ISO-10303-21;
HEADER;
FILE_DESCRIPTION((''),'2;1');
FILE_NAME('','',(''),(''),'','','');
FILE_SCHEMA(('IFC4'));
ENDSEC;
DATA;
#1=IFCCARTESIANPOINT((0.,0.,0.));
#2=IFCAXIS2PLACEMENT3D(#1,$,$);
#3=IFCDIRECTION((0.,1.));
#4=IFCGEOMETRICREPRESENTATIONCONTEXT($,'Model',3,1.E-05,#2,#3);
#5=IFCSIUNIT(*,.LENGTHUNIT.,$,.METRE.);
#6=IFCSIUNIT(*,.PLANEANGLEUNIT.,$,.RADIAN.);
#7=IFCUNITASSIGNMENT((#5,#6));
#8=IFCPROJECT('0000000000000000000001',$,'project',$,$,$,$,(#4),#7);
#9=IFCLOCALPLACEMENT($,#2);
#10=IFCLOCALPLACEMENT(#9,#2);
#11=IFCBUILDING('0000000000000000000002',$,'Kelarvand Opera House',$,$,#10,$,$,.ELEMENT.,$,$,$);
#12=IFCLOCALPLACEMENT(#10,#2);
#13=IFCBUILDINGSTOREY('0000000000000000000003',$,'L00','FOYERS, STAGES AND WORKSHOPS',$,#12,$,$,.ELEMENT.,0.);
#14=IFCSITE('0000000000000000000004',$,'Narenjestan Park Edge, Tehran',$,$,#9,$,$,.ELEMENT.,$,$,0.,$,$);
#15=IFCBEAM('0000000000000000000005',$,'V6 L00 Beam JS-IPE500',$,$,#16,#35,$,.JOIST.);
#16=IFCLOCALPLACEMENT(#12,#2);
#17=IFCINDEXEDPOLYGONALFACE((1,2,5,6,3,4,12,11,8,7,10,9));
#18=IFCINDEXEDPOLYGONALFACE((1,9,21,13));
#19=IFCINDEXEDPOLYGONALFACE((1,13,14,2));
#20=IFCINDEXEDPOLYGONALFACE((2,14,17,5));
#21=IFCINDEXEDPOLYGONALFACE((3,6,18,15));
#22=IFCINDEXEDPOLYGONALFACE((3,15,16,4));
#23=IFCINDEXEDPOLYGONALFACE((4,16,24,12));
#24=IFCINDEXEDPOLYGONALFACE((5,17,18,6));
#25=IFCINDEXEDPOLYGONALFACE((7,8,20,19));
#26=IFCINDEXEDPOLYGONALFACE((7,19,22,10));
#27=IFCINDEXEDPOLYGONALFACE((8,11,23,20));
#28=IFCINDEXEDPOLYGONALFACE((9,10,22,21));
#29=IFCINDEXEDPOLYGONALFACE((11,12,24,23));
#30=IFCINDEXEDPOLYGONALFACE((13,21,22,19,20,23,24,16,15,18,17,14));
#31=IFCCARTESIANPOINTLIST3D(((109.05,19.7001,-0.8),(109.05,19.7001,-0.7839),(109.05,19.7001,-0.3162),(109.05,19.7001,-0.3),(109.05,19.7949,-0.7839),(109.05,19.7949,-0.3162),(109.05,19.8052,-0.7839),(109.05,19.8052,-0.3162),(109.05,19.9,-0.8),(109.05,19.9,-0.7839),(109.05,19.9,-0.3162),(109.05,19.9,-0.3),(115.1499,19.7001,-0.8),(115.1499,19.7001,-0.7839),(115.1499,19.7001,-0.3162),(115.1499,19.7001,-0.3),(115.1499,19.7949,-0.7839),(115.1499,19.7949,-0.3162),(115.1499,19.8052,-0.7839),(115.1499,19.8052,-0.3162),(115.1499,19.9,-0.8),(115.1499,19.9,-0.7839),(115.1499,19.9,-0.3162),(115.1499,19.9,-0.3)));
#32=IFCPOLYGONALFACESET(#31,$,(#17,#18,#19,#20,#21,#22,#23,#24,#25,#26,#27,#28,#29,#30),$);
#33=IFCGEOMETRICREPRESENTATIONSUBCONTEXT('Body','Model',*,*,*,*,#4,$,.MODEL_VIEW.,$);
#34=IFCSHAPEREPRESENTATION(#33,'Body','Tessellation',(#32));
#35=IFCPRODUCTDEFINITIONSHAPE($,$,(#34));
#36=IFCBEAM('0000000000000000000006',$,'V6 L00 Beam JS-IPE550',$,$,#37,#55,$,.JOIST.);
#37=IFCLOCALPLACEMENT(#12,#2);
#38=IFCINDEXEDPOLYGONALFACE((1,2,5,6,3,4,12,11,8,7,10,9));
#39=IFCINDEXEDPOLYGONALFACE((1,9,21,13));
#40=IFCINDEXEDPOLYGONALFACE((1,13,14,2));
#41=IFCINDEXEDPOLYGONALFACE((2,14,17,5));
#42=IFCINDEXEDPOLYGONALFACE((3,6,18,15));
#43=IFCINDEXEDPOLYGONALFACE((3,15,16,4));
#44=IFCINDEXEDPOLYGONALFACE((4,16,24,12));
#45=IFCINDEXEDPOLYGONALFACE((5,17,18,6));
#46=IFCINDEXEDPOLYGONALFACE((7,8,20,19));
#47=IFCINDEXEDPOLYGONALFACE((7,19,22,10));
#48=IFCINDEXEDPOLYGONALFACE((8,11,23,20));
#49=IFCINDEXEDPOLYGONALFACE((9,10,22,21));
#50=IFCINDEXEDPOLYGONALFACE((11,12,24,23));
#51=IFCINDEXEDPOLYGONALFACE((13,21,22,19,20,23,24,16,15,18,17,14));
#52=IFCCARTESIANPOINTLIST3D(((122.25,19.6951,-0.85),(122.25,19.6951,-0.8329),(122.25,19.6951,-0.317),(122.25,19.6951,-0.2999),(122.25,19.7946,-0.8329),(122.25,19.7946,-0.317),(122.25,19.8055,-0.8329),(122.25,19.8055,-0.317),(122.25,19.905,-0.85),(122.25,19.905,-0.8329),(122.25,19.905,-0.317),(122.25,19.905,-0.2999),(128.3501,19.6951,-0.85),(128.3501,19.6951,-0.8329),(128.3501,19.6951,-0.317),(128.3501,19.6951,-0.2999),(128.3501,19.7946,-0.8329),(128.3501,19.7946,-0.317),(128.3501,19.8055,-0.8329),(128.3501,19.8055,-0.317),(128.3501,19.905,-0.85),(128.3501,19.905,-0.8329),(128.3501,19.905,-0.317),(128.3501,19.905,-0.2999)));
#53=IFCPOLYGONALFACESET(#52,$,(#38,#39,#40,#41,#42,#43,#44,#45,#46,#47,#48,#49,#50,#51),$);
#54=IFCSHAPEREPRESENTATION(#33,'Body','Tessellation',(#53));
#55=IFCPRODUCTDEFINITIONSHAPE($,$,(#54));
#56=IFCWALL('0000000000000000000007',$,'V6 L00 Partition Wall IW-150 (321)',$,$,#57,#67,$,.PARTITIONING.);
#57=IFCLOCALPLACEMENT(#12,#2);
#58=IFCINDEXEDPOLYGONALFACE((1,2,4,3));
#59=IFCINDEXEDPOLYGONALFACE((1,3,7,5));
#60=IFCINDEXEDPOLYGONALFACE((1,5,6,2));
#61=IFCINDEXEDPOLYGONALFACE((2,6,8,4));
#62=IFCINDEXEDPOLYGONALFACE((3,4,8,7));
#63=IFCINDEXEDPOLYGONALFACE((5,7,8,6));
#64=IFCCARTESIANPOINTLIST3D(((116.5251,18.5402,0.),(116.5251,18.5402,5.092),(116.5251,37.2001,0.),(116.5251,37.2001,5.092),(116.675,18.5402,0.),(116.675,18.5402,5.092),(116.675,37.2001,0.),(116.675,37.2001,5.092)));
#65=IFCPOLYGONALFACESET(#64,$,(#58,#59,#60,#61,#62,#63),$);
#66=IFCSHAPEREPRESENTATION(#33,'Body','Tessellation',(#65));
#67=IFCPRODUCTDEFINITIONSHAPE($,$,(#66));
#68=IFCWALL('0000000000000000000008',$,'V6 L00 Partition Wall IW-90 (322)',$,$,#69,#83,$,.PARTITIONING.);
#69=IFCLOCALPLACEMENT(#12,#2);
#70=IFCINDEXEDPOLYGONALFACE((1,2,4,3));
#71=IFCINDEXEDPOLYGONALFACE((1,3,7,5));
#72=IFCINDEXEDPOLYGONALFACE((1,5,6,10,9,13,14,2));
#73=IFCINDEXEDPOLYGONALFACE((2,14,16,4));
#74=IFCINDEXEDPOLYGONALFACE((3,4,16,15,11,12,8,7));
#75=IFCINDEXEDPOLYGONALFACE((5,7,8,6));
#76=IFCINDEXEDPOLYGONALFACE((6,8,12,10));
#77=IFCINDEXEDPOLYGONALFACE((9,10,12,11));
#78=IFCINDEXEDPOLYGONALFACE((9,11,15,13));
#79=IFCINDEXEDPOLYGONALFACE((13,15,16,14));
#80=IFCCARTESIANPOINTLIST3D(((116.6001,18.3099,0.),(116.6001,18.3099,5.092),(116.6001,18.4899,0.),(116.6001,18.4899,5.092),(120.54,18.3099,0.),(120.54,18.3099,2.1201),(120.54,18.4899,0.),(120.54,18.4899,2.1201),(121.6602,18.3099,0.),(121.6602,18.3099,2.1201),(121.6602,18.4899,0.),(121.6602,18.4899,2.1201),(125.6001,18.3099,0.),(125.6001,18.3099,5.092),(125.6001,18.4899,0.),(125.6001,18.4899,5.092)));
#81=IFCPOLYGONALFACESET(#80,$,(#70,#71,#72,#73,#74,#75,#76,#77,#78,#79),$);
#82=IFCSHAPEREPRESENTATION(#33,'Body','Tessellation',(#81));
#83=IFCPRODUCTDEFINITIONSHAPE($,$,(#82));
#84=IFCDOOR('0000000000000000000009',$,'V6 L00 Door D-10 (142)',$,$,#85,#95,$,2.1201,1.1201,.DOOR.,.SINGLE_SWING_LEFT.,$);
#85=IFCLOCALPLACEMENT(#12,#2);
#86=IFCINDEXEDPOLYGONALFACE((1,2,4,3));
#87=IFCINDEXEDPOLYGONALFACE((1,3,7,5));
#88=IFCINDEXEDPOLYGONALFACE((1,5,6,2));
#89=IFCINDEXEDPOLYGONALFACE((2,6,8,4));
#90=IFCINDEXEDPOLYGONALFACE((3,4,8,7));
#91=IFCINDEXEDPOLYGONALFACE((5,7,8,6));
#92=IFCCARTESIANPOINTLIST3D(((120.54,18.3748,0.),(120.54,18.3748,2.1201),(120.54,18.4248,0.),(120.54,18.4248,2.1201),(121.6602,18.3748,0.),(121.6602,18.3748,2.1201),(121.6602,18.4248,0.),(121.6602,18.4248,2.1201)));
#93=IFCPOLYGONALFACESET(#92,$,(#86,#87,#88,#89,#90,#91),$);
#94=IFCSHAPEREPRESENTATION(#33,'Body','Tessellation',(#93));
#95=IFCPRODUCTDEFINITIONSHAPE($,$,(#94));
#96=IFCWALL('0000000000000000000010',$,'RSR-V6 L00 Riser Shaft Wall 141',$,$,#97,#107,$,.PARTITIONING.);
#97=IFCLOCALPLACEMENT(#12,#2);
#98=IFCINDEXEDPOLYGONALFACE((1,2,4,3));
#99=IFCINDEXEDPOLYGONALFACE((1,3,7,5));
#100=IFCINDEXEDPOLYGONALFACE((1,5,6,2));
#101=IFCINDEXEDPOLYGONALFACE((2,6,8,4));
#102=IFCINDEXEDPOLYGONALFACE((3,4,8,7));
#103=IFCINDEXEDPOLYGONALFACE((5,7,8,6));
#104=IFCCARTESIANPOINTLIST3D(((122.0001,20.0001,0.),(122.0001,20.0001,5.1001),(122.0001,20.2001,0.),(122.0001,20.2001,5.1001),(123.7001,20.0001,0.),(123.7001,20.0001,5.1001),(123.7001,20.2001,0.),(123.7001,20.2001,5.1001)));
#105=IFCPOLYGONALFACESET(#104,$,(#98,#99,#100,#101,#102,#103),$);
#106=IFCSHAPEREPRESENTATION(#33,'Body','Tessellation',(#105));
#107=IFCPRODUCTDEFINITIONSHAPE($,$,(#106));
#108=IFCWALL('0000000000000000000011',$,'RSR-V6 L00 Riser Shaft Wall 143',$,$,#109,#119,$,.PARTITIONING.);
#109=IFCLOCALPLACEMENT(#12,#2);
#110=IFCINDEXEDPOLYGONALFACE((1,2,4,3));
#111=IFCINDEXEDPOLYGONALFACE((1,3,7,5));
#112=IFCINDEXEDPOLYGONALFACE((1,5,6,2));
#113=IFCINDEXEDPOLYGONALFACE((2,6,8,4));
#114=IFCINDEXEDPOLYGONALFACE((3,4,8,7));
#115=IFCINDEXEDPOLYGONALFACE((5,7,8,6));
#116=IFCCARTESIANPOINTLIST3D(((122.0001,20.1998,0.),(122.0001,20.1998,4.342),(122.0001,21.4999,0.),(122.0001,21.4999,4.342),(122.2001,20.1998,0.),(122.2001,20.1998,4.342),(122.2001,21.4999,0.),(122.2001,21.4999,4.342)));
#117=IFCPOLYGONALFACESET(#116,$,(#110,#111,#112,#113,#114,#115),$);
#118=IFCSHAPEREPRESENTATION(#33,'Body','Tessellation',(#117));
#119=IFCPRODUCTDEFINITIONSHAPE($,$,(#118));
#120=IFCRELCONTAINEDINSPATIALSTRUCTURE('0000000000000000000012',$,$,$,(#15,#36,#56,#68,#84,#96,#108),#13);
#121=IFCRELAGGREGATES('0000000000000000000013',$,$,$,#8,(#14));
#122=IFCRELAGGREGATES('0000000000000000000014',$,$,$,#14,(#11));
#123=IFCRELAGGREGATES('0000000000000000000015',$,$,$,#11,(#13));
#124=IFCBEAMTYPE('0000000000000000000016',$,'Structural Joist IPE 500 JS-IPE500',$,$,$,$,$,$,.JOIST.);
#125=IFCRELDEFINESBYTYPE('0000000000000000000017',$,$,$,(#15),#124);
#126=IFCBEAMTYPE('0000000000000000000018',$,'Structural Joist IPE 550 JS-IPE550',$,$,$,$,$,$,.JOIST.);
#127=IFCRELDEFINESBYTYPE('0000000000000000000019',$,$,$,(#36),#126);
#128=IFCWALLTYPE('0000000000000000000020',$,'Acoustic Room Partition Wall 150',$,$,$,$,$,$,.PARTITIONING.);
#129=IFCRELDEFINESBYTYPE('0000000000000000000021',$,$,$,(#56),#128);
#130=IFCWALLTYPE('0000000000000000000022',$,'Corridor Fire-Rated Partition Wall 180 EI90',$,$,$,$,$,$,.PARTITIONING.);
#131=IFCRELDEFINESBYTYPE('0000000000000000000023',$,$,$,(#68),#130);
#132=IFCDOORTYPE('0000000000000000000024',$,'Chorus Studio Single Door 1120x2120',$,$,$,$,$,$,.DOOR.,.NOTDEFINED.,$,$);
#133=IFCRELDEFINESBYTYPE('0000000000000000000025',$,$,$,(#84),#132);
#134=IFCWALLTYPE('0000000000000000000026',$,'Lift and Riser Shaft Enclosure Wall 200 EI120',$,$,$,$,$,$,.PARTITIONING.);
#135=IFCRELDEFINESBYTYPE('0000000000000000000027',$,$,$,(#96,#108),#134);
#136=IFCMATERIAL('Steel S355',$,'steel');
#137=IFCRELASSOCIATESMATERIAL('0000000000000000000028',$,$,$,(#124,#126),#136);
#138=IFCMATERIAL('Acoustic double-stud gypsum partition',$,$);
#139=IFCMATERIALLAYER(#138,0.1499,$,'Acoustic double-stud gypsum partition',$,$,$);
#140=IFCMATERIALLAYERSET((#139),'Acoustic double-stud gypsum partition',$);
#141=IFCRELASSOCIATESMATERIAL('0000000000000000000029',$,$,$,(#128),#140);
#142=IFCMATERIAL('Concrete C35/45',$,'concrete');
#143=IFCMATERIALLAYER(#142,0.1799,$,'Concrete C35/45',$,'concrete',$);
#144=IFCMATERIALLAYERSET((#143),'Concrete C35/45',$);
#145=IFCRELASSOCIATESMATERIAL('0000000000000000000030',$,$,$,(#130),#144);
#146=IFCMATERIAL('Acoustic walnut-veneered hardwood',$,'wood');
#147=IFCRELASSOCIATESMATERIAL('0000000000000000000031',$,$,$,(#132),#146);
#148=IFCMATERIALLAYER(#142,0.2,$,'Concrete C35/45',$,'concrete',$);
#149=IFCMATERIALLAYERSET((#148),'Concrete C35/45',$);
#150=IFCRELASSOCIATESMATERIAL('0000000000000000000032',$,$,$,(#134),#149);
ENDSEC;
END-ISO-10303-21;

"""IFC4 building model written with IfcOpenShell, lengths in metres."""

from ifc_helpers import new_model, si_unit, direction, frame, frame_2d, origin, origin_2d, place, context, subcontext, project, spatial, rectangle, i_section, extrude, material, layer, layer_set, material_profile, profile_set, type_object, element, fill, save


model = new_model("IFC4")

# Units and contexts
model_context = context("Model", 3, precision=1e-05, world=origin(), true_north=direction((0.0, 1.0)))
body_context = subcontext(model_context, "Body", "Model", "MODEL_VIEW")
ifc_project = project(units=[si_unit("LENGTHUNIT", "METRE"), si_unit("PLANEANGLEUNIT", "RADIAN")], contexts=[model_context])

# Site, building, storey
site_placement = place(None, origin())
site = spatial("IfcSite", under=ifc_project, at=site_placement, Name="Narenjestan Park Edge, Tehran", CompositionType="ELEMENT", RefElevation=0.0)
building_placement = place(site_placement, origin())
building = spatial("IfcBuilding", under=site, at=building_placement, Name="Kelarvand Opera House", CompositionType="ELEMENT")
storey_placement = place(building_placement, origin())
storey = spatial("IfcBuildingStorey", under=building, at=storey_placement, Name="L00", Description="FOYERS, STAGES AND WORKSHOPS", CompositionType="ELEMENT", Elevation=0.0)

# Beams
ifc_material_1 = material(Name="Steel S355", Category="steel")
ifc_material_profile_1 = material_profile(ifc_material_1, i_section(OverallWidth=0.2, OverallDepth=0.5, WebThickness=0.0103, FlangeThickness=0.0161, at=origin_2d()), Name="IPE 500", Category="steel")
ifc_profile_set_1 = profile_set([ifc_material_profile_1], Name="Steel S355")
beam_type_1 = type_object("IfcBeamType", Name="Structural Joist IPE 500 JS-IPE500", PredefinedType="JOIST", material=ifc_profile_set_1)
beam_1_placement = place(storey_placement, frame((109.05, 19.8, -0.55), z_axis=(1.0, 0.0, 0.0), x_axis=(0.0, 1.0, 0.0)))
element("IfcBeam", 1, at=beam_1_placement, inside=storey, type_object=beam_type_1, Name="V6 L00 Beam JS-IPE500", PredefinedType="JOIST", context=body_context, shape_type="SweptSolid", body=[
    extrude(i_section(OverallWidth=0.2, OverallDepth=0.5, WebThickness=0.0103, FlangeThickness=0.0161, at=origin_2d()), origin(), (0.0, 0.0, 1.0), 6.0999),
])
ifc_material_profile_2 = material_profile(ifc_material_1, i_section(OverallWidth=0.21, OverallDepth=0.55, WebThickness=0.011, FlangeThickness=0.0171, at=origin_2d()), Name="IPE 550", Category="steel")
ifc_profile_set_2 = profile_set([ifc_material_profile_2], Name="Steel S355")
beam_type_2 = type_object("IfcBeamType", Name="Structural Joist IPE 550 JS-IPE550", PredefinedType="JOIST", material=ifc_profile_set_2)
beam_2_placement = place(storey_placement, frame((122.25, 19.8, -0.575), z_axis=(1.0, 0.0, 0.0), x_axis=(0.0, 1.0, 0.0)))
element("IfcBeam", 2, at=beam_2_placement, inside=storey, type_object=beam_type_2, Name="V6 L00 Beam JS-IPE550", PredefinedType="JOIST", context=body_context, shape_type="SweptSolid", body=[
    extrude(i_section(OverallWidth=0.21, OverallDepth=0.55, WebThickness=0.011, FlangeThickness=0.0171, at=origin_2d()), origin(), (0.0, 0.0, 1.0), 6.1001),
])

# Wall
ifc_material_2 = material(Name="Acoustic double-stud gypsum partition")
ifc_layer_1 = layer(ifc_material_2, 0.1499, Name="Acoustic double-stud gypsum partition")
ifc_layer_set_1 = layer_set([ifc_layer_1], Name="Acoustic double-stud gypsum partition")
wall_type_1 = type_object("IfcWallType", Name="Acoustic Room Partition Wall 150", PredefinedType="PARTITIONING", material=ifc_layer_set_1)
wall_1_placement = place(storey_placement, frame((116.6001, 18.54, 0.0), z_axis=(0.0, 0.0, 1.0), x_axis=(0.0, 1.0, 0.0)))
element("IfcWall", 3, at=wall_1_placement, inside=storey, type_object=wall_type_1, Name="V6 L00 Partition Wall IW-150 (321)", PredefinedType="PARTITIONING", context=body_context, shape_type="SweptSolid", body=[
    extrude(rectangle(XDim=18.6599, YDim=0.1499, at=frame_2d((9.3301, 0.0))), origin(), (0.0, 0.0, 1.0), 5.092),
])

# Wall, opening, door
ifc_material_3 = material(Name="Concrete C35/45", Category="concrete")
ifc_layer_2 = layer(ifc_material_3, 0.1799, Name="Concrete C35/45", Category="concrete")
ifc_layer_set_2 = layer_set([ifc_layer_2], Name="Concrete C35/45")
wall_type_2 = type_object("IfcWallType", Name="Corridor Fire-Rated Partition Wall 180 EI90", PredefinedType="PARTITIONING", material=ifc_layer_set_2)
wall_2_placement = place(storey_placement, frame((116.6001, 18.3999, 0.0), z_axis=(0.0, 0.0, 1.0), x_axis=(1.0, 0.0, 0.0)))
wall_2 = element("IfcWall", 4, at=wall_2_placement, inside=storey, type_object=wall_type_2, Name="V6 L00 Partition Wall IW-90 (322)", PredefinedType="PARTITIONING", context=body_context, shape_type="SweptSolid", body=[
    extrude(rectangle(XDim=9.0, YDim=0.1799, at=frame_2d((4.5, 0.0))), origin(), (0.0, 0.0, 1.0), 5.092),
])
opening_placement = place(wall_2_placement, frame((3.9399, 0.0, 0.0)))
opening = element("IfcOpeningElement", 5, at=opening_placement, cuts=wall_2, PredefinedType="OPENING", context=body_context, shape_type="SweptSolid", body=[
    extrude(rectangle(XDim=1.1201, YDim=2.1201, at=frame_2d((0.5601, 1.0601))), frame((0.0, 0.1001, 0.0), z_axis=(0.0, -1.0, 0.0), x_axis=(1.0, 0.0, 0.0)), (0.0, 0.0, 1.0), 0.2),
])
ifc_material_4 = material(Name="Acoustic walnut-veneered hardwood", Category="wood")
door_type = type_object("IfcDoorType", Name="Chorus Studio Single Door 1120x2120", OperationType="NOTDEFINED", PredefinedType="DOOR", material=ifc_material_4)
door_placement = place(opening_placement, origin())
door = element("IfcDoor", 6, at=door_placement, inside=storey, type_object=door_type, Name="V6 L00 Door D-10 (142)", OperationType="SINGLE_SWING_LEFT", OverallHeight=2.1201, OverallWidth=1.1201, PredefinedType="DOOR", context=body_context, shape_type="SweptSolid", body=[
    extrude(rectangle(XDim=1.1201, YDim=2.1201, at=frame_2d((0.5601, 1.0601))), frame((0.0, 0.0249, 0.0), z_axis=(0.0, -1.0, 0.0), x_axis=(1.0, 0.0, 0.0)), (0.0, 0.0, 1.0), 0.05),
])
fill(opening, door)

# Walls
ifc_layer_3 = layer(ifc_material_3, 0.2, Name="Concrete C35/45", Category="concrete")
ifc_layer_set_3 = layer_set([ifc_layer_3], Name="Concrete C35/45")
wall_type_3 = type_object("IfcWallType", Name="Lift and Riser Shaft Enclosure Wall 200 EI120", PredefinedType="PARTITIONING", material=ifc_layer_set_3)
wall_3_placement = place(storey_placement, frame((122.0, 20.1001, 0.0), z_axis=(0.0, 0.0, 1.0), x_axis=(1.0, 0.0, 0.0)))
element("IfcWall", 7, at=wall_3_placement, inside=storey, type_object=wall_type_3, Name="RSR-V6 L00 Riser Shaft Wall 141", PredefinedType="PARTITIONING", context=body_context, shape_type="SweptSolid", body=[
    extrude(rectangle(XDim=1.7, YDim=0.2, at=frame_2d((0.8501, 0.0))), origin(), (0.0, 0.0, 1.0), 5.1001),
])
wall_4_placement = place(storey_placement, frame((122.1001, 20.2, 0.0), z_axis=(0.0, 0.0, 1.0), x_axis=(0.0, 1.0, 0.0)))
element("IfcWall", 8, at=wall_4_placement, inside=storey, type_object=wall_type_3, Name="RSR-V6 L00 Riser Shaft Wall 143", PredefinedType="PARTITIONING", context=body_context, shape_type="SweptSolid", body=[
    extrude(rectangle(XDim=1.3, YDim=0.2, at=frame_2d((0.6499, 0.0))), origin(), (0.0, 0.0, 1.0), 4.342),
])

save(model, "model.ifc")
